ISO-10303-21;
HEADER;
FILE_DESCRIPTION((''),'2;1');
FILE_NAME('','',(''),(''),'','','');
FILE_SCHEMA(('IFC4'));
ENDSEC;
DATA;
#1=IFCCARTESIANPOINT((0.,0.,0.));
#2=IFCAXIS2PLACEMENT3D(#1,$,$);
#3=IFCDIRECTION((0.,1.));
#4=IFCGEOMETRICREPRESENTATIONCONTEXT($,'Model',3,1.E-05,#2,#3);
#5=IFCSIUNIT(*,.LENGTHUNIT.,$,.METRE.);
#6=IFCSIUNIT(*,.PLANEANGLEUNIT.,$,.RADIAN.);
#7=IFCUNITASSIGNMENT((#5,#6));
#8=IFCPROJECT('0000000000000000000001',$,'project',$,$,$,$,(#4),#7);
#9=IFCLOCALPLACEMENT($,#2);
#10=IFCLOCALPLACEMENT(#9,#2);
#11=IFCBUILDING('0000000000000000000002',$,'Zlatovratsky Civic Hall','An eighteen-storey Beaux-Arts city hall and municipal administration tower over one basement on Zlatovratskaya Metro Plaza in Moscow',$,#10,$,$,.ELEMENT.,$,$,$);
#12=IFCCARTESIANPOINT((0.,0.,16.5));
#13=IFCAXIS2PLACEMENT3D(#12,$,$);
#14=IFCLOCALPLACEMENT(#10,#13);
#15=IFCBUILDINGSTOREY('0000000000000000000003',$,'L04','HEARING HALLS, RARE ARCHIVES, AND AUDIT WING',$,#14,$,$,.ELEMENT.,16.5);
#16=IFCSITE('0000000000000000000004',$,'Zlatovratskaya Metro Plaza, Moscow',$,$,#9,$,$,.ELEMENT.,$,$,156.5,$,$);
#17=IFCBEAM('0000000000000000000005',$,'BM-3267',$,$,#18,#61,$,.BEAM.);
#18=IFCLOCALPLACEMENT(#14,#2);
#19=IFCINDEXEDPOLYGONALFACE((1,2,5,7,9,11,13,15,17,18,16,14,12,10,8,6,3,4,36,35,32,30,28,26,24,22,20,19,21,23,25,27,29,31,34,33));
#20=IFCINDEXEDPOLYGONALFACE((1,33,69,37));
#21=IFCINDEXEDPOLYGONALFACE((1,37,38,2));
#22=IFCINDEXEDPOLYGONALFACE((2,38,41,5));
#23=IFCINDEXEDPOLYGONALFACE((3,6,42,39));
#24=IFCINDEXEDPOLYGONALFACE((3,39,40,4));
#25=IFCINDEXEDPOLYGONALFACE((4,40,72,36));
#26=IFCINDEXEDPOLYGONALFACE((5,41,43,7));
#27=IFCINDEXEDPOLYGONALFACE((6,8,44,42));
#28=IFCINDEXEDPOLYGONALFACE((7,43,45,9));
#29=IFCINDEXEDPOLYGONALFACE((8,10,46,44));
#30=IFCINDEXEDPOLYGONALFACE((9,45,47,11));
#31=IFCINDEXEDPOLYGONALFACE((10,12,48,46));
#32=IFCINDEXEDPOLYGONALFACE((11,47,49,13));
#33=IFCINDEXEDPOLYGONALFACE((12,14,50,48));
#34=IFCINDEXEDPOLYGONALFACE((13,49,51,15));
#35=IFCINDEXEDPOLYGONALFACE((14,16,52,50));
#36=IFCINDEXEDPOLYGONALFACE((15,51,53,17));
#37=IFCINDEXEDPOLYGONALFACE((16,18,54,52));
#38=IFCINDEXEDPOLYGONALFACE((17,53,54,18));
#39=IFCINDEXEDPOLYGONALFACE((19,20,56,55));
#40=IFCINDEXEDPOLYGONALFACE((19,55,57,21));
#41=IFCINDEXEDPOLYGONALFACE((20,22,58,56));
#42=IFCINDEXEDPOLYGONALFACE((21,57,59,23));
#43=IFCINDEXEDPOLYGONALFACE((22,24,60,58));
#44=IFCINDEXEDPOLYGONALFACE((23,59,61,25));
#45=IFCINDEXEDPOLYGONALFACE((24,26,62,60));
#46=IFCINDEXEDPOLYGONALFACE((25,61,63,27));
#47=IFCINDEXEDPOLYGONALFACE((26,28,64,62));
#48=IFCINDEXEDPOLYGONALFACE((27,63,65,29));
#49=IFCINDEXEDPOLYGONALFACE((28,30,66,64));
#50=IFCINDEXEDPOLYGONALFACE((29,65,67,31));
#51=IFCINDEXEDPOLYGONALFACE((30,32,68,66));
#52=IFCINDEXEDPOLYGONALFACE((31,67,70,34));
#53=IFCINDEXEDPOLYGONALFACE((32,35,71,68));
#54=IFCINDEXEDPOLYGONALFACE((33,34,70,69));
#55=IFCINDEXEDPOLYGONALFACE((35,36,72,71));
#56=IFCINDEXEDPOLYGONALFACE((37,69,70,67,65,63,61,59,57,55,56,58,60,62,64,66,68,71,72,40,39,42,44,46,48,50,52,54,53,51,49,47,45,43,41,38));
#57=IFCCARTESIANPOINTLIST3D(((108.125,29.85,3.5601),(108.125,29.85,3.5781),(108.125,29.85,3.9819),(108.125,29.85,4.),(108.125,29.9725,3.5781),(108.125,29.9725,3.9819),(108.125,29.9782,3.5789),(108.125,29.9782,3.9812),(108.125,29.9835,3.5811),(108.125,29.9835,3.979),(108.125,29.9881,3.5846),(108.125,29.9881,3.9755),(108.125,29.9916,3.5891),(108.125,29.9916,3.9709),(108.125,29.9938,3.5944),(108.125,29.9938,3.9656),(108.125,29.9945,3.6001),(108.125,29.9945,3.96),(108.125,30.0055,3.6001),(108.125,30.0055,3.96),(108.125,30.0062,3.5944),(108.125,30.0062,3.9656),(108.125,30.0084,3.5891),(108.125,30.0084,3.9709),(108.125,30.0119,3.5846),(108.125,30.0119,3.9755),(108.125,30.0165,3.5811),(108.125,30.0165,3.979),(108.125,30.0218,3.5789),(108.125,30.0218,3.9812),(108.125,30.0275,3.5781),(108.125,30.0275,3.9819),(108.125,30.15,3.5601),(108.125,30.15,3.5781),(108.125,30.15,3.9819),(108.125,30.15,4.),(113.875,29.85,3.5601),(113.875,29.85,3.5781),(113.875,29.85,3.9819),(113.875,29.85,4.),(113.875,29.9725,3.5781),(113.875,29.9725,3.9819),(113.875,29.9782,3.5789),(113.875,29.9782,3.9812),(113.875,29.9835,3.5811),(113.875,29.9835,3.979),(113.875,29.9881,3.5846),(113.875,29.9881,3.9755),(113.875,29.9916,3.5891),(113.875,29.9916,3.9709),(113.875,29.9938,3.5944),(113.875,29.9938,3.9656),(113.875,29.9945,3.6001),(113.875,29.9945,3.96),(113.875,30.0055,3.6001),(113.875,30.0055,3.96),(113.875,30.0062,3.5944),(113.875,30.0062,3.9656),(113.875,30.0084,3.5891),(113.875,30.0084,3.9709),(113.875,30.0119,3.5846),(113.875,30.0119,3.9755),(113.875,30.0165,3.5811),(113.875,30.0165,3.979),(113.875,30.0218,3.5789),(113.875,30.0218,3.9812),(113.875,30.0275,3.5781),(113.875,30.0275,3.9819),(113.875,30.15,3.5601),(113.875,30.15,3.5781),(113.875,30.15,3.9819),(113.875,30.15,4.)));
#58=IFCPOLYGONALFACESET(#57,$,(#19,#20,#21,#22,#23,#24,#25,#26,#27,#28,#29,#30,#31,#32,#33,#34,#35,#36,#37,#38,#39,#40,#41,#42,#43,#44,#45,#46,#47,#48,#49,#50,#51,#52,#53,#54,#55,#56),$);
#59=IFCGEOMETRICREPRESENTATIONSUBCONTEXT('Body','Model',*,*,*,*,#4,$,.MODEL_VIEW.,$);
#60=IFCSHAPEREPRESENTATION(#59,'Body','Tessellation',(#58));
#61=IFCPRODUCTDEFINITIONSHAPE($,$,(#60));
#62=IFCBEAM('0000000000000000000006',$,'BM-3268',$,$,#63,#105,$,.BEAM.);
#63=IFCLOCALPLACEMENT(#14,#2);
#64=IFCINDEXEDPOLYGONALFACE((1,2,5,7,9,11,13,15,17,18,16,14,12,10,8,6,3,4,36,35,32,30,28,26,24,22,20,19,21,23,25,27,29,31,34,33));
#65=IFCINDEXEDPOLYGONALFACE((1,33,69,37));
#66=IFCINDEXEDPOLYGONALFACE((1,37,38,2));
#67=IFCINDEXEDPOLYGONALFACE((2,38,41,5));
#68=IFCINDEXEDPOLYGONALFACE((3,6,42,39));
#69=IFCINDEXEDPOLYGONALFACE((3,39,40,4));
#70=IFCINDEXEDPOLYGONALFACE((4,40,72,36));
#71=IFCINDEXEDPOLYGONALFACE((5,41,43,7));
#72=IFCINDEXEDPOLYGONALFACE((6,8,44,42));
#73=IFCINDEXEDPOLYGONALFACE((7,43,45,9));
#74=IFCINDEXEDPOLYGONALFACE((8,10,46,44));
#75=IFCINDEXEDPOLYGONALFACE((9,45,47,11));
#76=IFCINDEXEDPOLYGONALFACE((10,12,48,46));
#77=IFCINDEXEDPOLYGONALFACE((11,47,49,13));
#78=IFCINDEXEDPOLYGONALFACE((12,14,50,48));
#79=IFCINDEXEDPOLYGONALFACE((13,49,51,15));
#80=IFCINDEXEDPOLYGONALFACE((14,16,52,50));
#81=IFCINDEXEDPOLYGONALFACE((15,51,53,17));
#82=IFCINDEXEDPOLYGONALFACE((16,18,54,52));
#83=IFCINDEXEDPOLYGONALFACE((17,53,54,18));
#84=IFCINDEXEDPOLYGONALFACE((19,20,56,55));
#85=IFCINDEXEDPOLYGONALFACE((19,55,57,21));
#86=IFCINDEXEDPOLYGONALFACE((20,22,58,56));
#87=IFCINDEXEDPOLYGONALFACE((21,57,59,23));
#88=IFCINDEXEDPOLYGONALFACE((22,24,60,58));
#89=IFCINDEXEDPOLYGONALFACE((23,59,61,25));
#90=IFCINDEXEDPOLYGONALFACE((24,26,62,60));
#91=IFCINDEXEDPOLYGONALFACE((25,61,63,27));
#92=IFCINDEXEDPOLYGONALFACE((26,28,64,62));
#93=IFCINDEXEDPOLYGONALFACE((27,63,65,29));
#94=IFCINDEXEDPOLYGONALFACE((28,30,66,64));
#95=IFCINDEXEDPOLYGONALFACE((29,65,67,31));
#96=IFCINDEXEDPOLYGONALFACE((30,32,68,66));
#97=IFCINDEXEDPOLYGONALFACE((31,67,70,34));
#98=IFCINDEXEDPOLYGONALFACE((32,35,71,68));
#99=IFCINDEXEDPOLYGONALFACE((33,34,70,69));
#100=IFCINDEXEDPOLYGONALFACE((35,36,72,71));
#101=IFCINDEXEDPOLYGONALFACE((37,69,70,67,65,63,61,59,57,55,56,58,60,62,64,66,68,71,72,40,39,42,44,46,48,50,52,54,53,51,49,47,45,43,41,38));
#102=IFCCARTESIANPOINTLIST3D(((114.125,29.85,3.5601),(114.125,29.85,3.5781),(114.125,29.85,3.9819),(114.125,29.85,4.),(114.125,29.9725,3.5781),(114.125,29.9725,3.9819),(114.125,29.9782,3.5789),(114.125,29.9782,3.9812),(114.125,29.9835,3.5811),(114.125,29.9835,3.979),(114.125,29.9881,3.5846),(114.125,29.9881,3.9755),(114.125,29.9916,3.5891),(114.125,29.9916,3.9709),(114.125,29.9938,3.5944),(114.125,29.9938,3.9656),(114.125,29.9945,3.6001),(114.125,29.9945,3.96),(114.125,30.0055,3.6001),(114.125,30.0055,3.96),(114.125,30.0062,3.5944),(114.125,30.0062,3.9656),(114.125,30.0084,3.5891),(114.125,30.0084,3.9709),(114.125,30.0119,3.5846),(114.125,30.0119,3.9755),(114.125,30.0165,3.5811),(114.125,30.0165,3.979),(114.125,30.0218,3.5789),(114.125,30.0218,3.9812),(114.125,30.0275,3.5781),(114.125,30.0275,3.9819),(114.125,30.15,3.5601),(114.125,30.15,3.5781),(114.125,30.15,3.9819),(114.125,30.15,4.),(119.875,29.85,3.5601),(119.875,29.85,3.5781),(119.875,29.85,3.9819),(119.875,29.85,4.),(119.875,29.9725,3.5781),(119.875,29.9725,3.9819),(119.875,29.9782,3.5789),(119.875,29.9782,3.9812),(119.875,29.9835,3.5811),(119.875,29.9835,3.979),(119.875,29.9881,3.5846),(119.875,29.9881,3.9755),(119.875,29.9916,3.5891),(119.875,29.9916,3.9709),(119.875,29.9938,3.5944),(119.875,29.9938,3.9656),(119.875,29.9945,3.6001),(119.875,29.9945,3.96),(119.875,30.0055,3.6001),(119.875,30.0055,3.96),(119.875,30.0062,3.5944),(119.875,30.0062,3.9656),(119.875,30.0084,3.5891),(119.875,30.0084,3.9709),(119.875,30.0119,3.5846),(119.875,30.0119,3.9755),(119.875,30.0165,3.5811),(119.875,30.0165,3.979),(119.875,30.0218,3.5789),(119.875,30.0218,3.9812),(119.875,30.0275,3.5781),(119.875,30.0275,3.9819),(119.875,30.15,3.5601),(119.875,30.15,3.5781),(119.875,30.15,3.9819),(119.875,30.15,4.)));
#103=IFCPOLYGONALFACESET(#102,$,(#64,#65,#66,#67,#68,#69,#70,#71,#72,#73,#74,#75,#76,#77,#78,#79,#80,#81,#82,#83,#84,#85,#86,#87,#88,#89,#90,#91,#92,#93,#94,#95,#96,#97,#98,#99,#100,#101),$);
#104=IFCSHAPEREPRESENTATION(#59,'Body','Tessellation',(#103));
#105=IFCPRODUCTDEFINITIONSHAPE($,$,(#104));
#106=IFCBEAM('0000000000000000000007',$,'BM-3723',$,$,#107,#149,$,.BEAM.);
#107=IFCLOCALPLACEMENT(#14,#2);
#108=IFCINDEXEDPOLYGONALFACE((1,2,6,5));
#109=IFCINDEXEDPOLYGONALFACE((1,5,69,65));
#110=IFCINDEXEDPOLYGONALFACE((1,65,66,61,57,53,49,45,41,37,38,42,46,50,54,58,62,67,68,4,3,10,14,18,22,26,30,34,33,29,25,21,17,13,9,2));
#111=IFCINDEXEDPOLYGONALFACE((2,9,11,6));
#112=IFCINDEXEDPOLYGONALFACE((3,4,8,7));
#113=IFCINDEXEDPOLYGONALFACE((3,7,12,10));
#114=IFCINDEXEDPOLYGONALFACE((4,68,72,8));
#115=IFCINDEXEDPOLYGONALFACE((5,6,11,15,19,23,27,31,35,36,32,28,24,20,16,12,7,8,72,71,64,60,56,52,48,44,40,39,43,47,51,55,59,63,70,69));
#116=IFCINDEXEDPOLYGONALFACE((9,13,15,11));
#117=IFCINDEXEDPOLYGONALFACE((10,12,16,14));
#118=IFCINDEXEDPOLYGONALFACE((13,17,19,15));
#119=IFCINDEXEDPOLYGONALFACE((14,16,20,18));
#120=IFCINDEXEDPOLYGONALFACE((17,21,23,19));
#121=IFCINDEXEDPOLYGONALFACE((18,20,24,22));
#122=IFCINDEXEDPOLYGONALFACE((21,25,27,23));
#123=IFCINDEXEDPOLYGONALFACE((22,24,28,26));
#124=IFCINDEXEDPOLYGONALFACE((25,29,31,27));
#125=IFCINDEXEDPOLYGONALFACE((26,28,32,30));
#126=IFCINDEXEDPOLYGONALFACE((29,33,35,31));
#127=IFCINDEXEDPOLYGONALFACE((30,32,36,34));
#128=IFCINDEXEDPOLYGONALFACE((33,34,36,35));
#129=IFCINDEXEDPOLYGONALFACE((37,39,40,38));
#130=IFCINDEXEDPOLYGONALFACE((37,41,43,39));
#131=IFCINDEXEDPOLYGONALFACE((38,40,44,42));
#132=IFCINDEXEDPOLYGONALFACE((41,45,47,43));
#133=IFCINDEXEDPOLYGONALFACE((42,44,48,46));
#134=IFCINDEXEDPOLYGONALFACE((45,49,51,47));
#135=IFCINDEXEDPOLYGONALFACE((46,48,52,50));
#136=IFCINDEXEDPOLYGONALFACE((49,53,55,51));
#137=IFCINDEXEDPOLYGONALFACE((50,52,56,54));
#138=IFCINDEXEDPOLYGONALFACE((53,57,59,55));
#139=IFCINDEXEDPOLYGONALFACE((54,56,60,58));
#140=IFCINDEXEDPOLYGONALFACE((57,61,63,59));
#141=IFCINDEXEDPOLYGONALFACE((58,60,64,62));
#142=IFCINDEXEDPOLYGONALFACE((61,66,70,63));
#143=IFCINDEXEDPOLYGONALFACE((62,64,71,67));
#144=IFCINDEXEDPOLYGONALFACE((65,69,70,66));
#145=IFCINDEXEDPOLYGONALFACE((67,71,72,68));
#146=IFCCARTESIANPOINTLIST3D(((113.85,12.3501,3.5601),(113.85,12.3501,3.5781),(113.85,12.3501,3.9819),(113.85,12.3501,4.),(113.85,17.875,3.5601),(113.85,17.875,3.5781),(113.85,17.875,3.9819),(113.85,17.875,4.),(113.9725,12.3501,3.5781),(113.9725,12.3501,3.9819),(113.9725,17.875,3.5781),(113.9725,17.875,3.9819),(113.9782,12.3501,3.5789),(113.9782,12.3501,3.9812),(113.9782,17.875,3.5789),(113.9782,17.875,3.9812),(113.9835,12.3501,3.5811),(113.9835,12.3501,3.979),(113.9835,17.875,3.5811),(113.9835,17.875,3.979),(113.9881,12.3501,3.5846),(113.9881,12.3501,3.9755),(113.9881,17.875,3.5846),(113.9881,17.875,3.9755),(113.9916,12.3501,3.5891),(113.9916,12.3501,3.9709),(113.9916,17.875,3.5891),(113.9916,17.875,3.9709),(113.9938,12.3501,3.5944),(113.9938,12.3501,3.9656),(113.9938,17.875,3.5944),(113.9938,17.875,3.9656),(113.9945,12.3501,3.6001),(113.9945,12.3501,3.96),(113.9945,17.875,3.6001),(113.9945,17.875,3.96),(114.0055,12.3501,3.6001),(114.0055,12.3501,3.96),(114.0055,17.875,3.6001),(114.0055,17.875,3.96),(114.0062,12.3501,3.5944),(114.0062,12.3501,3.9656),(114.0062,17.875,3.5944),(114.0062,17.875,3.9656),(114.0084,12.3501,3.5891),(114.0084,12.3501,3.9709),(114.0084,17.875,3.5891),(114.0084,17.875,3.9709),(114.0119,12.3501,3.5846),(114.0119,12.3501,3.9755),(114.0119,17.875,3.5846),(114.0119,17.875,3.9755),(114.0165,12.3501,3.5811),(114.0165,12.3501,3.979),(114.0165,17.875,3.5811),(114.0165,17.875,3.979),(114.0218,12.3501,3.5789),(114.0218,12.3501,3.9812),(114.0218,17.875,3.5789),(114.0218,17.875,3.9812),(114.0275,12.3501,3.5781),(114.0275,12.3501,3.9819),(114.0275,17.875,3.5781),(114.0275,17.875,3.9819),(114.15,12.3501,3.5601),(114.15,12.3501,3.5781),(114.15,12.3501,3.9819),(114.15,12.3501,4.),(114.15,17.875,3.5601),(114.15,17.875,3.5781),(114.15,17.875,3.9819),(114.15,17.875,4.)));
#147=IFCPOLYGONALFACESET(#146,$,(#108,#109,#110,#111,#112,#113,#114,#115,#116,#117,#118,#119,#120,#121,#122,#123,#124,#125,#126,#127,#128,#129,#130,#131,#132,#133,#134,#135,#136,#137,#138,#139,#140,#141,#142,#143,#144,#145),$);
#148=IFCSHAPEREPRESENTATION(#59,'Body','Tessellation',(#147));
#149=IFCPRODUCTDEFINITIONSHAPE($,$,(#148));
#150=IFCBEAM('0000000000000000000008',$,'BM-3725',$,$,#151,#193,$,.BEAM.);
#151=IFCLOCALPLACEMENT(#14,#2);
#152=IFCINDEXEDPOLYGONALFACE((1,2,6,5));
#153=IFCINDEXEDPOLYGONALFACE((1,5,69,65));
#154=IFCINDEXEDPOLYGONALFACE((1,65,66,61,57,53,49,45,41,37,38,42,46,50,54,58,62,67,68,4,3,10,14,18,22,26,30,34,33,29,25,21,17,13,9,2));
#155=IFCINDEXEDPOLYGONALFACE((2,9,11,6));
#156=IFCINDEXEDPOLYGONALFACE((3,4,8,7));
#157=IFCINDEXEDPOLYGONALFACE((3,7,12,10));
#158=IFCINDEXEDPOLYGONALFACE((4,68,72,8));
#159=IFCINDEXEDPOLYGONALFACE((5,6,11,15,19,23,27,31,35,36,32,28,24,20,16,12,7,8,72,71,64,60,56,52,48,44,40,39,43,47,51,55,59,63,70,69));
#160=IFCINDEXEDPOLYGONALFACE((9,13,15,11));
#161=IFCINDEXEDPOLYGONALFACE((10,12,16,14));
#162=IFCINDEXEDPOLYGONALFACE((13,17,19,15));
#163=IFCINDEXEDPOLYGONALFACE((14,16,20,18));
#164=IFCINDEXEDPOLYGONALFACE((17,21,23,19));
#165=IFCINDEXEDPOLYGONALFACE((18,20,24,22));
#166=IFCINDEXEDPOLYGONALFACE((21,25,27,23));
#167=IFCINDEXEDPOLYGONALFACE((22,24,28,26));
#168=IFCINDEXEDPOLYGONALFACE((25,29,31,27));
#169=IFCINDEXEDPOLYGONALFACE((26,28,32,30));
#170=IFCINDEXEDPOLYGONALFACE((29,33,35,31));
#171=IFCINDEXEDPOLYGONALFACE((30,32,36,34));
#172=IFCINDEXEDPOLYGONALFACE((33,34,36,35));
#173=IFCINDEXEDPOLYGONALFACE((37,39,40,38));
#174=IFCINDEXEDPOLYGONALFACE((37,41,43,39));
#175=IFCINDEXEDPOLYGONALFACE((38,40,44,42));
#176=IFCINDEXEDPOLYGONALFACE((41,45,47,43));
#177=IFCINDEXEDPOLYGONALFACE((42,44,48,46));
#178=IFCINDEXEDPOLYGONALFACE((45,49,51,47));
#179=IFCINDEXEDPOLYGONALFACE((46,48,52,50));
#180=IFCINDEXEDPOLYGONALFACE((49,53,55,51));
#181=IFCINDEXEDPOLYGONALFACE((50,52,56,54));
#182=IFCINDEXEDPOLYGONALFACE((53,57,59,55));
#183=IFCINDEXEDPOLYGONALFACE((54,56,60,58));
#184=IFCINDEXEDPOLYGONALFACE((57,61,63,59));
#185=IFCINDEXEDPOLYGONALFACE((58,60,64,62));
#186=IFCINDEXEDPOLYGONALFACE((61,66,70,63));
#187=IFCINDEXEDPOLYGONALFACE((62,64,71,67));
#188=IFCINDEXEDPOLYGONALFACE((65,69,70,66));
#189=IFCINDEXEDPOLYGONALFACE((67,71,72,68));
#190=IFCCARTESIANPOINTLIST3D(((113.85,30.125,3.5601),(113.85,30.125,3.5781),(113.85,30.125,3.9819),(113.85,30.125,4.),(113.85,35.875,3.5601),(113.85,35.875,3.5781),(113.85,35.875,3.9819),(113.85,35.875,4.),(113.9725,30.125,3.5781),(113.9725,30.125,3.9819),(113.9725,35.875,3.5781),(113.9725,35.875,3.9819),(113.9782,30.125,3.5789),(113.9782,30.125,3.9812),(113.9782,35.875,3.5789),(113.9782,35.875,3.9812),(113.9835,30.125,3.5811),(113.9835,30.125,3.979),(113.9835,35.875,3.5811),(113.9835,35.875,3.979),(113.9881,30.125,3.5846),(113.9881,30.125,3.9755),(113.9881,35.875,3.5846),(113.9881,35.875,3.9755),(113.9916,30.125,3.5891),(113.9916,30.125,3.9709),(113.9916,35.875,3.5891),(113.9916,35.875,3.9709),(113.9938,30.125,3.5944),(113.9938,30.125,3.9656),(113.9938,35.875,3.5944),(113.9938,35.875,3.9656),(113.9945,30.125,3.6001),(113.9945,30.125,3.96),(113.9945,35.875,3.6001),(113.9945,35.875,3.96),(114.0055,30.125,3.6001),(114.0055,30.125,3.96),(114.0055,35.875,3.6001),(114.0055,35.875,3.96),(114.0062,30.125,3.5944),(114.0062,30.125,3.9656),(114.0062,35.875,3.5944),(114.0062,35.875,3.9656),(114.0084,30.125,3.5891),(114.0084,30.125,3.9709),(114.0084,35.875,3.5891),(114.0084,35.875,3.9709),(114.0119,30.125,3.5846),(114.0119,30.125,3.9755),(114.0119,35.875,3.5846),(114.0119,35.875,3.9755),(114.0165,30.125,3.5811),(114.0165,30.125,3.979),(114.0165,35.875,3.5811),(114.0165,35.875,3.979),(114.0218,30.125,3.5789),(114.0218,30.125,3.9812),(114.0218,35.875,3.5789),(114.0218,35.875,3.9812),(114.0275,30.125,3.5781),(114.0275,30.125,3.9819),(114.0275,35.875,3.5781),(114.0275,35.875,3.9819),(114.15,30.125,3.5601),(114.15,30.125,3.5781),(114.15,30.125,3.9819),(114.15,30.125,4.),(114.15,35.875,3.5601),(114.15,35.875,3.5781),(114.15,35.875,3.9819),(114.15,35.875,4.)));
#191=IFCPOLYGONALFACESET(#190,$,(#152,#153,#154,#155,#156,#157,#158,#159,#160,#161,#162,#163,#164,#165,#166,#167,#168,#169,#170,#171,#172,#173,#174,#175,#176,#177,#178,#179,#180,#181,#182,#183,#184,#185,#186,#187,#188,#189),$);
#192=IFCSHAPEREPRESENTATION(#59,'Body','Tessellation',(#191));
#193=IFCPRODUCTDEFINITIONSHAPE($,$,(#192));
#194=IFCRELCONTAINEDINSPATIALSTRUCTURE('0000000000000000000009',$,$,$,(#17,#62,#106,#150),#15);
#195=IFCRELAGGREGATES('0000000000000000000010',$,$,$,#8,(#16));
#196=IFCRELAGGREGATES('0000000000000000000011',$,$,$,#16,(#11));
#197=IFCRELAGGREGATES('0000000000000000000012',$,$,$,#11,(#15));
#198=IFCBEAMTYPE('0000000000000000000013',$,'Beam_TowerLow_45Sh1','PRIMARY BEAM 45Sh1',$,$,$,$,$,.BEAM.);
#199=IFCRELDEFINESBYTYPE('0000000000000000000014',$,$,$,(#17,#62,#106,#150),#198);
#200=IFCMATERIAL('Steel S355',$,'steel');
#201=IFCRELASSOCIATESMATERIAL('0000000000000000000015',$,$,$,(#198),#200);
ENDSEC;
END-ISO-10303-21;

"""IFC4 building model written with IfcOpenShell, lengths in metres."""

from ifc_helpers import new_model, si_unit, direction, frame, origin, origin_2d, place, context, subcontext, project, spatial, i_section, extrude, material, material_profile, profile_set, type_object, element, save


model = new_model("IFC4")

# Units and contexts
model_context = context("Model", 3, precision=1e-05, world=origin(), true_north=direction((0.0, 1.0)))
body_context = subcontext(model_context, "Body", "Model", "MODEL_VIEW")
ifc_project = project(units=[si_unit("LENGTHUNIT", "METRE"), si_unit("PLANEANGLEUNIT", "RADIAN")], contexts=[model_context])

# Site, building, storey
site_placement = place(None, origin())
site = spatial("IfcSite", under=ifc_project, at=site_placement, Name="Zlatovratskaya Metro Plaza, Moscow", CompositionType="ELEMENT", RefElevation=156.5)
building_placement = place(site_placement, origin())
building = spatial("IfcBuilding", under=site, at=building_placement, Name="Zlatovratsky Civic Hall", Description="An eighteen-storey Beaux-Arts city hall and municipal administration tower over one basement on Zlatovratskaya Metro Plaza in Moscow", CompositionType="ELEMENT")
storey_placement = place(building_placement, frame((0.0, 0.0, 16.5)))
storey = spatial("IfcBuildingStorey", under=building, at=storey_placement, Name="L04", Description="HEARING HALLS, RARE ARCHIVES, AND AUDIT WING", CompositionType="ELEMENT", Elevation=16.5)

# Shared definitions
ifc_material_1 = material(Name="Steel S355", Category="steel")

# Beams
ifc_material_profile_1 = material_profile(ifc_material_1, i_section(OverallWidth=0.3, OverallDepth=0.4399, WebThickness=0.011, FlangeThickness=0.0181, FilletRadius=0.022, at=origin_2d()), Name="45Sh1")
ifc_profile_set_1 = profile_set([ifc_material_profile_1], Name="Steel S355")
beam_type_1 = type_object("IfcBeamType", Name="Beam_TowerLow_45Sh1", Description="PRIMARY BEAM 45Sh1", PredefinedType="BEAM", material=ifc_profile_set_1)
for number, where, z_axis, x_axis, name in (
    (1, (108.125, 30.0, 3.78), (1.0, 0.0, 0.0), (0.0, 1.0, 0.0), "BM-3267"),
    (2, (114.125, 30.0, 3.78), (1.0, 0.0, 0.0), (0.0, 1.0, 0.0), "BM-3268"),
):
    element("IfcBeam", number, at=place(storey_placement, frame(where, z_axis=z_axis, x_axis=x_axis)), inside=storey, type_object=beam_type_1, Name=name, PredefinedType="BEAM", context=body_context, shape_type="SweptSolid", body=[
        extrude(i_section(OverallWidth=0.3, OverallDepth=0.4399, WebThickness=0.011, FlangeThickness=0.0181, FilletRadius=0.022, at=origin_2d()), origin(), (0.0, 0.0, 1.0), 5.75),
    ])
beam_placement = place(storey_placement, frame((114.0, 12.3501, 3.78), z_axis=(0.0, 1.0, 0.0), x_axis=(-1.0, 0.0, 0.0)))
element("IfcBeam", 3, at=beam_placement, inside=storey, type_object=beam_type_1, Name="BM-3723", PredefinedType="BEAM", context=body_context, shape_type="SweptSolid", body=[
    extrude(i_section(OverallWidth=0.3, OverallDepth=0.4399, WebThickness=0.011, FlangeThickness=0.0181, FilletRadius=0.022, at=origin_2d()), origin(), (0.0, 0.0, 1.0), 5.5249),
])
for number, where, z_axis, x_axis, name in (
    (4, (114.0, 30.125, 3.78), (0.0, 1.0, 0.0), (-1.0, 0.0, 0.0), "BM-3725"),
):
    element("IfcBeam", number, at=place(storey_placement, frame(where, z_axis=z_axis, x_axis=x_axis)), inside=storey, type_object=beam_type_1, Name=name, PredefinedType="BEAM", context=body_context, shape_type="SweptSolid", body=[
        extrude(i_section(OverallWidth=0.3, OverallDepth=0.4399, WebThickness=0.011, FlangeThickness=0.0181, FilletRadius=0.022, at=origin_2d()), origin(), (0.0, 0.0, 1.0), 5.75),
    ])

save(model, "model.ifc")
